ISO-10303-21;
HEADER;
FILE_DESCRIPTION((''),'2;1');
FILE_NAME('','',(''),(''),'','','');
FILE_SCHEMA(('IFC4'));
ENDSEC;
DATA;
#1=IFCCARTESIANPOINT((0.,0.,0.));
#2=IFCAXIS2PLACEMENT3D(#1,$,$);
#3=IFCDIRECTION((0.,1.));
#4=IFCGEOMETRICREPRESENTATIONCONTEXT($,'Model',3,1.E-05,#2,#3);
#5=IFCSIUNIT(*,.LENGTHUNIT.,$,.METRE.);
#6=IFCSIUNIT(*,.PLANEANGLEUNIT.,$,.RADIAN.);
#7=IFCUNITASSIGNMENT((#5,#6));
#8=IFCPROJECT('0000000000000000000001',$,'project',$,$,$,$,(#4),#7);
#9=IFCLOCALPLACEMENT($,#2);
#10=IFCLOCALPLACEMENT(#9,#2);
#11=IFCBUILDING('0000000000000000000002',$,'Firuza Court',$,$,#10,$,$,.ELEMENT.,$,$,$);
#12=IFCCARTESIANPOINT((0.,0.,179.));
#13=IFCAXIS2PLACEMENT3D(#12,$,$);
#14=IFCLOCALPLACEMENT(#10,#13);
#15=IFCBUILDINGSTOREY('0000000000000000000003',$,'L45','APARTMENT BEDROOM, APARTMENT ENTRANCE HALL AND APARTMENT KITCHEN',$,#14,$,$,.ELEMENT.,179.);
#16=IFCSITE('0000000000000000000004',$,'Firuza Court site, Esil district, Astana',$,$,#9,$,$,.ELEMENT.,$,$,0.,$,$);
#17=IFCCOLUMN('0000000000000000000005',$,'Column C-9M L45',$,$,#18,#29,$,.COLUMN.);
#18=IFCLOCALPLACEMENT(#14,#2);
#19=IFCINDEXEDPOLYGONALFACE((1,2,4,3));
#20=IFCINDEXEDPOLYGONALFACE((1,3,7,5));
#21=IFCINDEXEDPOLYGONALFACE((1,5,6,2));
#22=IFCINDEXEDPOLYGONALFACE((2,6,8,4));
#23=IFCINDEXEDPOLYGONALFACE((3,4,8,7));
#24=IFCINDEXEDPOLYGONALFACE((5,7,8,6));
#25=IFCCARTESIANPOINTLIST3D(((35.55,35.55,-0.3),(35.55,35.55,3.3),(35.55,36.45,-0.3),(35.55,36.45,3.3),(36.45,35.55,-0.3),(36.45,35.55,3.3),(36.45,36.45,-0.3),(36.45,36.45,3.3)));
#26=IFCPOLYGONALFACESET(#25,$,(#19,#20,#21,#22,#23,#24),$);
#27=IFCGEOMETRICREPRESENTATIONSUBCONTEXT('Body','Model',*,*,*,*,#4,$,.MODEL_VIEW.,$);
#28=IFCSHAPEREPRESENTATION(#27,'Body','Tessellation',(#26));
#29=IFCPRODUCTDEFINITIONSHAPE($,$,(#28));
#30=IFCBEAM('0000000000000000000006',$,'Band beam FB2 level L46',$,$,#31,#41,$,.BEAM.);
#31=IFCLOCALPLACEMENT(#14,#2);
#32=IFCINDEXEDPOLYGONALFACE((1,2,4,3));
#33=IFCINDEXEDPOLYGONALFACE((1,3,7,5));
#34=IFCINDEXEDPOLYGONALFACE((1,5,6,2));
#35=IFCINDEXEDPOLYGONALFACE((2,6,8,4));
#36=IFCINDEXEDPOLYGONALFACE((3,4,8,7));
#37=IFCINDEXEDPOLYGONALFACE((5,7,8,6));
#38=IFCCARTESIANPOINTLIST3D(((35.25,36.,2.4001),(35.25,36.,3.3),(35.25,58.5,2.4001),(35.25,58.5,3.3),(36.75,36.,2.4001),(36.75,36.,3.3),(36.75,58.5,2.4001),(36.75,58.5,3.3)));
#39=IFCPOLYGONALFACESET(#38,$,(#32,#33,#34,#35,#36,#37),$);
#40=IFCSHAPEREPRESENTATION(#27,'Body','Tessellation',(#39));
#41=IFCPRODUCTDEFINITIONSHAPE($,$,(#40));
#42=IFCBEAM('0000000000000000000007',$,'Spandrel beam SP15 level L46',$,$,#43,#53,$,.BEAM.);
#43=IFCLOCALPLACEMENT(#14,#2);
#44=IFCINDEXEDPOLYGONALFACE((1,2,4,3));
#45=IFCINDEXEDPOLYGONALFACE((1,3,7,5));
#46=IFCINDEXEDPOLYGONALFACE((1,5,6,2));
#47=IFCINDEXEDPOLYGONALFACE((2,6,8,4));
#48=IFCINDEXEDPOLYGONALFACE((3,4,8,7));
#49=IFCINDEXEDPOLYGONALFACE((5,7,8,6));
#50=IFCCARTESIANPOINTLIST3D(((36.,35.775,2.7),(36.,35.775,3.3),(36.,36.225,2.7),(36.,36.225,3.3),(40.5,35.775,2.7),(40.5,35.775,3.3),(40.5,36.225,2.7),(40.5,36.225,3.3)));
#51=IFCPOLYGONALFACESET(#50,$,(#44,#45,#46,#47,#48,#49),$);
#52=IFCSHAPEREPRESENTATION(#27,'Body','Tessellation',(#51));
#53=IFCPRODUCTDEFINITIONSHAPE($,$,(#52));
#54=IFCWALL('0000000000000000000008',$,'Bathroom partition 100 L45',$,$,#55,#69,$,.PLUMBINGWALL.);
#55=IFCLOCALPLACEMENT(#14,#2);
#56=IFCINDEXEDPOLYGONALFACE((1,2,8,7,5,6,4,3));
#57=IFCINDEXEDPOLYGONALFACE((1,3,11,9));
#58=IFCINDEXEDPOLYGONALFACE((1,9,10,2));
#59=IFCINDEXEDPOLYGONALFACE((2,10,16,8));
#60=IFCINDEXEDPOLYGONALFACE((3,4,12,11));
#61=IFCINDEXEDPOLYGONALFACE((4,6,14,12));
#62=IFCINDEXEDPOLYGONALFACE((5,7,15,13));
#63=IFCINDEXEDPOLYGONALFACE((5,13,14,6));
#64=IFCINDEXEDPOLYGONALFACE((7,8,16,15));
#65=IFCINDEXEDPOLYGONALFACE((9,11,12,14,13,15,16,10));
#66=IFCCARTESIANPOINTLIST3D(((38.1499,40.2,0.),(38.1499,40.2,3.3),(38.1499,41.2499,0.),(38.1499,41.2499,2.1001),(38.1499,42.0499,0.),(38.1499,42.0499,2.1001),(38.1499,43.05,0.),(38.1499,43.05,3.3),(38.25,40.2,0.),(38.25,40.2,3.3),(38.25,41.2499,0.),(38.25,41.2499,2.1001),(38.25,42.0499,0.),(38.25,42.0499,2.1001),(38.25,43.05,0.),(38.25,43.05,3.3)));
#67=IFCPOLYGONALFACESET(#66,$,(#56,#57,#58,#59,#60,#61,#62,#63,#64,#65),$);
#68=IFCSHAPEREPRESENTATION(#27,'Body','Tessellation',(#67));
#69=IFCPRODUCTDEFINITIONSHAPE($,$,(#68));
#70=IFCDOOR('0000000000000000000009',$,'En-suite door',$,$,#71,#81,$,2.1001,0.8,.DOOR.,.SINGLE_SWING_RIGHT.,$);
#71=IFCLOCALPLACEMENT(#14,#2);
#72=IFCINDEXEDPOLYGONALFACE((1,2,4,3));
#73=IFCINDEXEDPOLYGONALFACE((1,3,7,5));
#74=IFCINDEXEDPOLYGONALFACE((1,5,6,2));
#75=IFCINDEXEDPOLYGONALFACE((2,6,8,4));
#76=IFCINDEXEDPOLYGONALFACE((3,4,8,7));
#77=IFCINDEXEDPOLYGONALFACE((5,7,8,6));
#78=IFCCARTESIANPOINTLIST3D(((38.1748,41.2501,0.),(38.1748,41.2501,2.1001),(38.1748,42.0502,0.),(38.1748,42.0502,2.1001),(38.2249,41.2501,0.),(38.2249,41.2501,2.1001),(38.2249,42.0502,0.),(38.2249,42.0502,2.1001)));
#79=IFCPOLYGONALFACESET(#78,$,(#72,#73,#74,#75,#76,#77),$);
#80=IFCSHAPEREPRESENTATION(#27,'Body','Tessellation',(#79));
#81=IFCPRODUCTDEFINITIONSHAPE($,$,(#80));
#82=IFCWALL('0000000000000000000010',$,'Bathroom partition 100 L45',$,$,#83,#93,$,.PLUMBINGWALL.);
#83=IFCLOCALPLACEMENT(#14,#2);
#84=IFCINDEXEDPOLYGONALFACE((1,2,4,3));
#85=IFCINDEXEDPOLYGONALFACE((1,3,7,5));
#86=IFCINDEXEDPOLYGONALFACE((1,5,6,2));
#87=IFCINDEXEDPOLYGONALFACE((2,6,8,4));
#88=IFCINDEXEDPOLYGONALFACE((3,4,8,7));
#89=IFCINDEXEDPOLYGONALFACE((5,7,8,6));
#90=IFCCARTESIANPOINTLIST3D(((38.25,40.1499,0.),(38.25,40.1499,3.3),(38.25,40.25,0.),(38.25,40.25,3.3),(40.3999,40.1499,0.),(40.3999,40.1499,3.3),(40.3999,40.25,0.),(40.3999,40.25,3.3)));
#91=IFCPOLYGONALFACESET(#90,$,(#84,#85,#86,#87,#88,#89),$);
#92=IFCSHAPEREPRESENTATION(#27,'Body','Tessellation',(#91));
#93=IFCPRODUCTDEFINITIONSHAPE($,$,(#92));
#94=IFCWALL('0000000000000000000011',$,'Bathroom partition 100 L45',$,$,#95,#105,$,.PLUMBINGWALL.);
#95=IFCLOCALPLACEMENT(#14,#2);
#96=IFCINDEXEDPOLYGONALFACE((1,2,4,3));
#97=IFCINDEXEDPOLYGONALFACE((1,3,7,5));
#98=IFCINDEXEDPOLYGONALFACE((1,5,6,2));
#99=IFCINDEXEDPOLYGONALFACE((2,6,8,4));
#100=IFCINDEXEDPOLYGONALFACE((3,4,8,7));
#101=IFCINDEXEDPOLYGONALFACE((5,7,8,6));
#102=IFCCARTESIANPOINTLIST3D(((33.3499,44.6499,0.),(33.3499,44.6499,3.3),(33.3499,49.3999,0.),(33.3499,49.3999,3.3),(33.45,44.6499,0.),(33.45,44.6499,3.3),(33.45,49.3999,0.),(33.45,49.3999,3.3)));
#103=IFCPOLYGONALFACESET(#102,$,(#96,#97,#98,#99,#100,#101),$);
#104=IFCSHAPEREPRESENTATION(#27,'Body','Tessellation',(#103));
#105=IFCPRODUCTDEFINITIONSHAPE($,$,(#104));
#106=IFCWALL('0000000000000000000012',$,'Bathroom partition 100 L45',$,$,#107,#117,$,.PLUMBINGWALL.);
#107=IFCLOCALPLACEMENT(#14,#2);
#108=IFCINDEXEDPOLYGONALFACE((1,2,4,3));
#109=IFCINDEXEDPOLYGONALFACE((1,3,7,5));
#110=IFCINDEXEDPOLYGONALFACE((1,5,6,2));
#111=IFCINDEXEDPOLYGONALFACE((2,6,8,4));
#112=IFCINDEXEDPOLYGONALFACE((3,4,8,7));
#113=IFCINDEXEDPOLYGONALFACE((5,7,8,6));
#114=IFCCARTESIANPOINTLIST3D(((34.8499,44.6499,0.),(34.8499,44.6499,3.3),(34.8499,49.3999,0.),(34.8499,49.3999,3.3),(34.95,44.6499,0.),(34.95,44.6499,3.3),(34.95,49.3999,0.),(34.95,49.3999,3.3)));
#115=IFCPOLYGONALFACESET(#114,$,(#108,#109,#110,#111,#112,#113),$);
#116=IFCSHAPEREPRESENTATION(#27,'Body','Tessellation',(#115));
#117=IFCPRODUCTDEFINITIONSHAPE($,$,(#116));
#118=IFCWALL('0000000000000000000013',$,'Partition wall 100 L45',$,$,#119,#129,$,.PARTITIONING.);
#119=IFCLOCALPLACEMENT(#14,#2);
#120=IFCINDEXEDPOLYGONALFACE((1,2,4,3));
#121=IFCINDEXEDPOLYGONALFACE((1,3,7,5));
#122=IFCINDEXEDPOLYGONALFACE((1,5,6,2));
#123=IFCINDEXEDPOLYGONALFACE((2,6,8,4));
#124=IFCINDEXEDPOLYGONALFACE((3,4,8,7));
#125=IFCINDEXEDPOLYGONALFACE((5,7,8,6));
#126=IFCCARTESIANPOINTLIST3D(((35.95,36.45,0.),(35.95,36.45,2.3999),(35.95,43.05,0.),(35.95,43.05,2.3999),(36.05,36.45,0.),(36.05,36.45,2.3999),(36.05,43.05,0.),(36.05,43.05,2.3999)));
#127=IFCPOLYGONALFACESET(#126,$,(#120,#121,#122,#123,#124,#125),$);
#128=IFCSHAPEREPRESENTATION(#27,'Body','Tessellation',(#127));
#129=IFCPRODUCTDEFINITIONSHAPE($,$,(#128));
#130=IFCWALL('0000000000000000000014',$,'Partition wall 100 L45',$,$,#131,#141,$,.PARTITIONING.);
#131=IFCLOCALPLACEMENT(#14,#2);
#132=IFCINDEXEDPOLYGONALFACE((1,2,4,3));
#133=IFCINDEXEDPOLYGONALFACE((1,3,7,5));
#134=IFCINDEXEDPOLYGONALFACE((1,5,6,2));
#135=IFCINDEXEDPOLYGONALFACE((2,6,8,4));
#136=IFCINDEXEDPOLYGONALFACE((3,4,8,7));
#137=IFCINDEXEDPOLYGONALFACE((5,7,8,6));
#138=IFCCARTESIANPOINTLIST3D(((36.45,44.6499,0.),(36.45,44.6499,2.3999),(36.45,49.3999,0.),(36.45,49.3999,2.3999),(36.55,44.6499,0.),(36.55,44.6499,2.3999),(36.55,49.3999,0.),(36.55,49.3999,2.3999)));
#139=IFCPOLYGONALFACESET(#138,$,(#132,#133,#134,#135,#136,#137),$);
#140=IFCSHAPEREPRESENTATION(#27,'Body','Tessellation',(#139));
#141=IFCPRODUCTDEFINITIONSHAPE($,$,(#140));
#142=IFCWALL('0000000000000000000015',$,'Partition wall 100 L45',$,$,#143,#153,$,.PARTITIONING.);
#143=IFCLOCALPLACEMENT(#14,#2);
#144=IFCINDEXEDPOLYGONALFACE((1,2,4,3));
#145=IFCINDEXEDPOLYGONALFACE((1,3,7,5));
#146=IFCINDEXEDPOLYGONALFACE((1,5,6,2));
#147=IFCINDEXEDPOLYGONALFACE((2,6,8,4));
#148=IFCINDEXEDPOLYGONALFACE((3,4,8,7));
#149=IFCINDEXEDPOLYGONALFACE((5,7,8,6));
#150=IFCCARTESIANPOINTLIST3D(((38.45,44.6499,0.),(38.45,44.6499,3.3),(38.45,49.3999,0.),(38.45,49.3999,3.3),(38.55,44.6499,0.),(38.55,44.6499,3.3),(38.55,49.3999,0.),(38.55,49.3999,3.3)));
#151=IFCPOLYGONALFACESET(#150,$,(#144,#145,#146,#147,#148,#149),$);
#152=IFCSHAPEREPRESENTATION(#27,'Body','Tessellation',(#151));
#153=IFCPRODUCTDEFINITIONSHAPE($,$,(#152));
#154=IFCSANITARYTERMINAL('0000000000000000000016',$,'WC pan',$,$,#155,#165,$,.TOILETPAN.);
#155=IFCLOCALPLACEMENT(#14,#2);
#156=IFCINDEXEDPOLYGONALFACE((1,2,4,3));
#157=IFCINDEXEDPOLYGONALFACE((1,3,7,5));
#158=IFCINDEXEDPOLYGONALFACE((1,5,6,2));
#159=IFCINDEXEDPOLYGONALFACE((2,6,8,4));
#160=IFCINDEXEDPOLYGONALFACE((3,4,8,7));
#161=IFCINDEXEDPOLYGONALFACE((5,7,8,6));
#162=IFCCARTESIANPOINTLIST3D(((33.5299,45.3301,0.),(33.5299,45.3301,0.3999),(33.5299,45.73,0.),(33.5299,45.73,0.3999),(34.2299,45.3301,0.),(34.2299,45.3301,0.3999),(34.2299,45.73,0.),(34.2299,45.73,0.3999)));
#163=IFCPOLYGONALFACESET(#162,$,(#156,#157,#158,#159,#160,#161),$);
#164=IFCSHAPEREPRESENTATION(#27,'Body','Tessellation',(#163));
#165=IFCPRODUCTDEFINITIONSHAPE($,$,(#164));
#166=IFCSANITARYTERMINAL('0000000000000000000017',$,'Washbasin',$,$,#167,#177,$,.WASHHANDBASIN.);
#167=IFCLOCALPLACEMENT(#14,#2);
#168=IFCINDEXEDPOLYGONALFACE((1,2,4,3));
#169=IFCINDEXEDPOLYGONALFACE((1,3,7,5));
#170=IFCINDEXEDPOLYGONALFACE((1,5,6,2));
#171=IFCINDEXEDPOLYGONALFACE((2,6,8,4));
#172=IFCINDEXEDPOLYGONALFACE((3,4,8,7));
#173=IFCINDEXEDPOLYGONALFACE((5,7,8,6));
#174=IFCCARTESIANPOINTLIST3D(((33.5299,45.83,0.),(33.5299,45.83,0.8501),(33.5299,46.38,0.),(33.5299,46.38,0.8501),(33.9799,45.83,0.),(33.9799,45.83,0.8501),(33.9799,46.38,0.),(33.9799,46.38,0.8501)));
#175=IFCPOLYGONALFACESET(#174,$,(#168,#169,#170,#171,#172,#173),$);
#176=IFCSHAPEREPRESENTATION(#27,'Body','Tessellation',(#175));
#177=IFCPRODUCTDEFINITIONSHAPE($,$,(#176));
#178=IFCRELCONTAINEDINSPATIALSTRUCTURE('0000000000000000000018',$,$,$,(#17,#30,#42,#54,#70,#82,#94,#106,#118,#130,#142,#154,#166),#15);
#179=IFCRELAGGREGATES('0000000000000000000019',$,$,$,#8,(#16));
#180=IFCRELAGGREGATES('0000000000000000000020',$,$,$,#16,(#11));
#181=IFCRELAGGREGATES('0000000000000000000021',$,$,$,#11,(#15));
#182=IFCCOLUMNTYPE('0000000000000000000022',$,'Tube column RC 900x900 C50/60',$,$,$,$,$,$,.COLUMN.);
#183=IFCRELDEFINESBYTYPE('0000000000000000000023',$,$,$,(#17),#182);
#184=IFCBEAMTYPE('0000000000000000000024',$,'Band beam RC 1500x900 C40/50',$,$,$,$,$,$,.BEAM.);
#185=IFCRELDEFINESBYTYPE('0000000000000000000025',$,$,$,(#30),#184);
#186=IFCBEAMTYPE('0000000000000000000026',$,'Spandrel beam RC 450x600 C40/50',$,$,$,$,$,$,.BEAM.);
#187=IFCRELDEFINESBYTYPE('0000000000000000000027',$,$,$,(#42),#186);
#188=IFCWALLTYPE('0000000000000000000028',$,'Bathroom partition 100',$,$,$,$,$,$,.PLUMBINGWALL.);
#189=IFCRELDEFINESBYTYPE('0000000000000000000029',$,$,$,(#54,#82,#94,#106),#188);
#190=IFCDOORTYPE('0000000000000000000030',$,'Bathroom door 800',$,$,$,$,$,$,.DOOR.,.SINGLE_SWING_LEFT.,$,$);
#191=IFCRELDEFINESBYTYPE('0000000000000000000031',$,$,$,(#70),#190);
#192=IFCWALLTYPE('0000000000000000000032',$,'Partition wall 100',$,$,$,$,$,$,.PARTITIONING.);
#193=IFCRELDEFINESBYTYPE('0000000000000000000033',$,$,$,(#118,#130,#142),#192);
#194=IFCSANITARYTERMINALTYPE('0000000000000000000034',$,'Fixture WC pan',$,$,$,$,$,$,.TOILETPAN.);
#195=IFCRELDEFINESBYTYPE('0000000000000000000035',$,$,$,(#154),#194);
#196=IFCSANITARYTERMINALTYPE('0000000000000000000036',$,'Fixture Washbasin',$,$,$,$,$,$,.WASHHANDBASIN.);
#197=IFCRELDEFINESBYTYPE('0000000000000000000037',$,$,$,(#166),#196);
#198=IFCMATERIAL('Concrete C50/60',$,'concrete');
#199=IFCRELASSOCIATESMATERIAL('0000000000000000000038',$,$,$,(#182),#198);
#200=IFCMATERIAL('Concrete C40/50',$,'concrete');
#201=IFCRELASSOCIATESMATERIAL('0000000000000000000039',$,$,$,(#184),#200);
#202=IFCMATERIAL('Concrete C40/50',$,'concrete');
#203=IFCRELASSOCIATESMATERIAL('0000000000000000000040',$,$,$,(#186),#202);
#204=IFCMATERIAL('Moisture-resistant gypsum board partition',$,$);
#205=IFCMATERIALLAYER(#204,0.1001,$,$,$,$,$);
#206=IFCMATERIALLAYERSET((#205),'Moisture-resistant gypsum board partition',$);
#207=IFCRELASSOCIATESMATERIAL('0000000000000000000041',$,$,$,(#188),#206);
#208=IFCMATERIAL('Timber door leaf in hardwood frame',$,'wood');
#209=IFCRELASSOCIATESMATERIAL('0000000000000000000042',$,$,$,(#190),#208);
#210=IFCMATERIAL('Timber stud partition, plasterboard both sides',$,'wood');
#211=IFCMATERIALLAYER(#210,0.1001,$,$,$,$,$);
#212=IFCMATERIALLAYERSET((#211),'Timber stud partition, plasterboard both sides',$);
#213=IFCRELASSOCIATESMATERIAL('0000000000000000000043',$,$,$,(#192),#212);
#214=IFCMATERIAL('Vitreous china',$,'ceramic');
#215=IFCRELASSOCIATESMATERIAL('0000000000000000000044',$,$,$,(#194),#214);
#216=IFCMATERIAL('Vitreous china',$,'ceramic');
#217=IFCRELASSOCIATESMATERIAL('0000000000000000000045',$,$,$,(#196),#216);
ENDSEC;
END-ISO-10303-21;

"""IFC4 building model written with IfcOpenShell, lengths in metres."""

from ifc_helpers import new_model, si_unit, direction, frame, frame_2d, origin, origin_2d, place, context, subcontext, project, spatial, rectangle, extrude, material, layer, layer_set, material_profile, profile_set, type_object, element, fill, save


model = new_model("IFC4")

# Units and contexts
model_context = context("Model", 3, precision=1e-05, world=origin(), true_north=direction((0.0, 1.0)))
body_context = subcontext(model_context, "Body", "Model", "MODEL_VIEW")
ifc_project = project(units=[si_unit("LENGTHUNIT", "METRE"), si_unit("PLANEANGLEUNIT", "RADIAN")], contexts=[model_context])

# Site, building, storey
site_placement = place(None, origin())
site = spatial("IfcSite", under=ifc_project, at=site_placement, Name="Firuza Court site, Esil district, Astana", CompositionType="ELEMENT", RefElevation=0.0)
building_placement = place(site_placement, origin())
building = spatial("IfcBuilding", under=site, at=building_placement, Name="Firuza Court", CompositionType="ELEMENT")
storey_placement = place(building_placement, frame((0.0, 0.0, 179.0)))
storey = spatial("IfcBuildingStorey", under=building, at=storey_placement, Name="L45", Description="APARTMENT BEDROOM, APARTMENT ENTRANCE HALL AND APARTMENT KITCHEN", CompositionType="ELEMENT", Elevation=179.0)

# Column
ifc_material_1 = material(Name="Concrete C50/60", Category="concrete")
ifc_material_profile_1 = material_profile(ifc_material_1, rectangle(XDim=0.8999, YDim=0.8999, at=origin_2d()), Name="RC 900x900")
ifc_profile_set_1 = profile_set([ifc_material_profile_1], Name="Concrete C50/60")
column_type = type_object("IfcColumnType", Name="Tube column RC 900x900 C50/60", PredefinedType="COLUMN", material=ifc_profile_set_1)
column_placement = place(storey_placement, frame((36.0, 36.0, -0.3), z_axis=(0.0, 0.0, 1.0), x_axis=(1.0, 0.0, 0.0)))
element("IfcColumn", 1, at=column_placement, inside=storey, type_object=column_type, Name="Column C-9M L45", PredefinedType="COLUMN", context=body_context, shape_type="SweptSolid", body=[
    extrude(rectangle(XDim=0.8999, YDim=0.8999, at=origin_2d()), origin(), (0.0, 0.0, 1.0), 3.6001),
])

# Beams
ifc_material_2 = material(Name="Concrete C40/50", Category="concrete")
ifc_material_profile_2 = material_profile(ifc_material_2, rectangle(XDim=1.5, YDim=0.8999, at=origin_2d()), Name="RC 1500x900")
ifc_profile_set_2 = profile_set([ifc_material_profile_2], Name="Concrete C40/50")
beam_type_1 = type_object("IfcBeamType", Name="Band beam RC 1500x900 C40/50", PredefinedType="BEAM", material=ifc_profile_set_2)
beam_1_placement = place(storey_placement, frame((36.0, 36.0, 2.8501), z_axis=(0.0, 1.0, 0.0), x_axis=(-1.0, 0.0, 0.0)))
element("IfcBeam", 2, at=beam_1_placement, inside=storey, type_object=beam_type_1, Name="Band beam FB2 level L46", PredefinedType="BEAM", context=body_context, shape_type="SweptSolid", body=[
    extrude(rectangle(XDim=1.5, YDim=0.8999, at=origin_2d()), origin(), (0.0, 0.0, 1.0), 22.5),
])
ifc_material_3 = material(Name="Concrete C40/50", Category="concrete")
ifc_material_profile_3 = material_profile(ifc_material_3, rectangle(XDim=0.45, YDim=0.6001, at=origin_2d()), Name="RC 450x600")
ifc_profile_set_3 = profile_set([ifc_material_profile_3], Name="Concrete C40/50")
beam_type_2 = type_object("IfcBeamType", Name="Spandrel beam RC 450x600 C40/50", PredefinedType="BEAM", material=ifc_profile_set_3)
beam_2_placement = place(storey_placement, frame((36.0, 36.0, 3.0), z_axis=(1.0, 0.0, 0.0), x_axis=(0.0, 1.0, 0.0)))
element("IfcBeam", 3, at=beam_2_placement, inside=storey, type_object=beam_type_2, Name="Spandrel beam SP15 level L46", PredefinedType="BEAM", context=body_context, shape_type="SweptSolid", body=[
    extrude(rectangle(XDim=0.45, YDim=0.6001, at=origin_2d()), origin(), (0.0, 0.0, 1.0), 4.5),
])

# Wall, opening, door
ifc_material_4 = material(Name="Moisture-resistant gypsum board partition")
ifc_layer_1 = layer(ifc_material_4, 0.1001)
ifc_layer_set_1 = layer_set([ifc_layer_1], Name="Moisture-resistant gypsum board partition")
wall_type_1 = type_object("IfcWallType", Name="Bathroom partition 100", PredefinedType="PLUMBINGWALL", material=ifc_layer_set_1)
wall_1_placement = place(storey_placement, frame((38.2, 40.2, 0.0), z_axis=(0.0, 0.0, 1.0), x_axis=(0.0, 1.0, 0.0)))
wall_1 = element("IfcWall", 4, at=wall_1_placement, inside=storey, type_object=wall_type_1, Name="Bathroom partition 100 L45", PredefinedType="PLUMBINGWALL", context=body_context, shape_type="SweptSolid", body=[
    extrude(rectangle(XDim=2.8501, YDim=0.1001, at=frame_2d((1.425, 0.0))), origin(), (0.0, 0.0, 1.0), 3.3),
])
opening_placement = place(wall_1_placement, frame((1.05, 0.0, 0.0)))
opening = element("IfcOpeningElement", 5, at=opening_placement, cuts=wall_1, PredefinedType="OPENING", context=body_context, shape_type="SweptSolid", body=[
    extrude(rectangle(XDim=0.8, YDim=2.1001, at=frame_2d((0.3999, 1.05))), frame((0.0, 0.062, 0.0), z_axis=(0.0, -1.0, 0.0), x_axis=(1.0, 0.0, 0.0)), (0.0, 0.0, 1.0), 0.124),
])
ifc_material_5 = material(Name="Timber door leaf in hardwood frame", Category="wood")
door_type = type_object("IfcDoorType", Name="Bathroom door 800", OperationType="SINGLE_SWING_LEFT", PredefinedType="DOOR", material=ifc_material_5)
door_placement = place(opening_placement, frame((0.8, 0.0, 0.0), z_axis=(0.0, 0.0, 1.0), x_axis=(-1.0, 0.0, 0.0)))
door = element("IfcDoor", 6, at=door_placement, inside=storey, type_object=door_type, Name="En-suite door", OperationType="SINGLE_SWING_RIGHT", OverallHeight=2.1001, OverallWidth=0.8, PredefinedType="DOOR", context=body_context, shape_type="SweptSolid", body=[
    extrude(rectangle(XDim=0.8, YDim=2.1001, at=frame_2d((0.3999, 1.05))), frame((0.0, 0.0249, 0.0), z_axis=(0.0, -1.0, 0.0), x_axis=(1.0, 0.0, 0.0)), (0.0, 0.0, 1.0), 0.05),
])
fill(opening, door)

# Walls
wall_2_placement = place(storey_placement, frame((38.25, 40.2, 0.0), z_axis=(0.0, 0.0, 1.0), x_axis=(1.0, 0.0, 0.0)))
element("IfcWall", 7, at=wall_2_placement, inside=storey, type_object=wall_type_1, Name="Bathroom partition 100 L45", PredefinedType="PLUMBINGWALL", context=body_context, shape_type="SweptSolid", body=[
    extrude(rectangle(XDim=2.1499, YDim=0.1001, at=frame_2d((1.075, 0.0))), origin(), (0.0, 0.0, 1.0), 3.3),
])
for number, where, z_axis, x_axis, name in (
    (8, (33.3999, 44.6499, 0.0), (0.0, 0.0, 1.0), (0.0, 1.0, 0.0), "Bathroom partition 100 L45"),
    (9, (34.8999, 44.6499, 0.0), (0.0, 0.0, 1.0), (0.0, 1.0, 0.0), "Bathroom partition 100 L45"),
):
    element("IfcWall", number, at=place(storey_placement, frame(where, z_axis=z_axis, x_axis=x_axis)), inside=storey, type_object=wall_type_1, Name=name, PredefinedType="PLUMBINGWALL", context=body_context, shape_type="SweptSolid", body=[
        extrude(rectangle(XDim=4.75, YDim=0.1001, at=frame_2d((2.375, 0.0))), origin(), (0.0, 0.0, 1.0), 3.3),
    ])
ifc_material_6 = material(Name="Timber stud partition, plasterboard both sides", Category="wood")
ifc_layer_2 = layer(ifc_material_6, 0.1001)
ifc_layer_set_2 = layer_set([ifc_layer_2], Name="Timber stud partition, plasterboard both sides")
wall_type_2 = type_object("IfcWallType", Name="Partition wall 100", PredefinedType="PARTITIONING", material=ifc_layer_set_2)
wall_3_placement = place(storey_placement, frame((36.0, 36.45, 0.0), z_axis=(0.0, 0.0, 1.0), x_axis=(0.0, 1.0, 0.0)))
element("IfcWall", 10, at=wall_3_placement, inside=storey, type_object=wall_type_2, Name="Partition wall 100 L45", PredefinedType="PARTITIONING", context=body_context, shape_type="SweptSolid", body=[
    extrude(rectangle(XDim=6.6001, YDim=0.1001, at=frame_2d((3.3, 0.0))), origin(), (0.0, 0.0, 1.0), 2.3999),
])
wall_4_placement = place(storey_placement, frame((36.5, 44.6499, 0.0), z_axis=(0.0, 0.0, 1.0), x_axis=(0.0, 1.0, 0.0)))
element("IfcWall", 11, at=wall_4_placement, inside=storey, type_object=wall_type_2, Name="Partition wall 100 L45", PredefinedType="PARTITIONING", context=body_context, shape_type="SweptSolid", body=[
    extrude(rectangle(XDim=4.75, YDim=0.1001, at=frame_2d((2.375, 0.0))), origin(), (0.0, 0.0, 1.0), 2.3999),
])
wall_5_placement = place(storey_placement, frame((38.5, 44.6499, 0.0), z_axis=(0.0, 0.0, 1.0), x_axis=(0.0, 1.0, 0.0)))
element("IfcWall", 12, at=wall_5_placement, inside=storey, type_object=wall_type_2, Name="Partition wall 100 L45", PredefinedType="PARTITIONING", context=body_context, shape_type="SweptSolid", body=[
    extrude(rectangle(XDim=4.75, YDim=0.1001, at=frame_2d((2.375, 0.0))), origin(), (0.0, 0.0, 1.0), 3.3),
])

# Sanitary terminals
ifc_material_7 = material(Name="Vitreous china", Category="ceramic")
sanitary_terminal_type_1 = type_object("IfcSanitaryTerminalType", Name="Fixture WC pan", PredefinedType="TOILETPAN", material=ifc_material_7)
sanitary_terminal_1_placement = place(storey_placement, frame((33.8799, 45.53, 0.0), z_axis=(0.0, 0.0, 1.0), x_axis=(1.0, 0.0, 0.0)))
element("IfcSanitaryTerminal", 13, at=sanitary_terminal_1_placement, inside=storey, type_object=sanitary_terminal_type_1, Name="WC pan", PredefinedType="TOILETPAN", context=body_context, shape_type="SweptSolid", body=[
    extrude(rectangle(XDim=0.7, YDim=0.3999, at=origin_2d()), origin(), (0.0, 0.0, 1.0), 0.3999),
])
ifc_material_8 = material(Name="Vitreous china", Category="ceramic")
sanitary_terminal_type_2 = type_object("IfcSanitaryTerminalType", Name="Fixture Washbasin", PredefinedType="WASHHANDBASIN", material=ifc_material_8)
sanitary_terminal_2_placement = place(storey_placement, frame((33.7549, 46.105, 0.0), z_axis=(0.0, 0.0, 1.0), x_axis=(1.0, 0.0, 0.0)))
element("IfcSanitaryTerminal", 14, at=sanitary_terminal_2_placement, inside=storey, type_object=sanitary_terminal_type_2, Name="Washbasin", PredefinedType="WASHHANDBASIN", context=body_context, shape_type="SweptSolid", body=[
    extrude(rectangle(XDim=0.45, YDim=0.55, at=origin_2d()), origin(), (0.0, 0.0, 1.0), 0.8501),
])

save(model, "model.ifc")
